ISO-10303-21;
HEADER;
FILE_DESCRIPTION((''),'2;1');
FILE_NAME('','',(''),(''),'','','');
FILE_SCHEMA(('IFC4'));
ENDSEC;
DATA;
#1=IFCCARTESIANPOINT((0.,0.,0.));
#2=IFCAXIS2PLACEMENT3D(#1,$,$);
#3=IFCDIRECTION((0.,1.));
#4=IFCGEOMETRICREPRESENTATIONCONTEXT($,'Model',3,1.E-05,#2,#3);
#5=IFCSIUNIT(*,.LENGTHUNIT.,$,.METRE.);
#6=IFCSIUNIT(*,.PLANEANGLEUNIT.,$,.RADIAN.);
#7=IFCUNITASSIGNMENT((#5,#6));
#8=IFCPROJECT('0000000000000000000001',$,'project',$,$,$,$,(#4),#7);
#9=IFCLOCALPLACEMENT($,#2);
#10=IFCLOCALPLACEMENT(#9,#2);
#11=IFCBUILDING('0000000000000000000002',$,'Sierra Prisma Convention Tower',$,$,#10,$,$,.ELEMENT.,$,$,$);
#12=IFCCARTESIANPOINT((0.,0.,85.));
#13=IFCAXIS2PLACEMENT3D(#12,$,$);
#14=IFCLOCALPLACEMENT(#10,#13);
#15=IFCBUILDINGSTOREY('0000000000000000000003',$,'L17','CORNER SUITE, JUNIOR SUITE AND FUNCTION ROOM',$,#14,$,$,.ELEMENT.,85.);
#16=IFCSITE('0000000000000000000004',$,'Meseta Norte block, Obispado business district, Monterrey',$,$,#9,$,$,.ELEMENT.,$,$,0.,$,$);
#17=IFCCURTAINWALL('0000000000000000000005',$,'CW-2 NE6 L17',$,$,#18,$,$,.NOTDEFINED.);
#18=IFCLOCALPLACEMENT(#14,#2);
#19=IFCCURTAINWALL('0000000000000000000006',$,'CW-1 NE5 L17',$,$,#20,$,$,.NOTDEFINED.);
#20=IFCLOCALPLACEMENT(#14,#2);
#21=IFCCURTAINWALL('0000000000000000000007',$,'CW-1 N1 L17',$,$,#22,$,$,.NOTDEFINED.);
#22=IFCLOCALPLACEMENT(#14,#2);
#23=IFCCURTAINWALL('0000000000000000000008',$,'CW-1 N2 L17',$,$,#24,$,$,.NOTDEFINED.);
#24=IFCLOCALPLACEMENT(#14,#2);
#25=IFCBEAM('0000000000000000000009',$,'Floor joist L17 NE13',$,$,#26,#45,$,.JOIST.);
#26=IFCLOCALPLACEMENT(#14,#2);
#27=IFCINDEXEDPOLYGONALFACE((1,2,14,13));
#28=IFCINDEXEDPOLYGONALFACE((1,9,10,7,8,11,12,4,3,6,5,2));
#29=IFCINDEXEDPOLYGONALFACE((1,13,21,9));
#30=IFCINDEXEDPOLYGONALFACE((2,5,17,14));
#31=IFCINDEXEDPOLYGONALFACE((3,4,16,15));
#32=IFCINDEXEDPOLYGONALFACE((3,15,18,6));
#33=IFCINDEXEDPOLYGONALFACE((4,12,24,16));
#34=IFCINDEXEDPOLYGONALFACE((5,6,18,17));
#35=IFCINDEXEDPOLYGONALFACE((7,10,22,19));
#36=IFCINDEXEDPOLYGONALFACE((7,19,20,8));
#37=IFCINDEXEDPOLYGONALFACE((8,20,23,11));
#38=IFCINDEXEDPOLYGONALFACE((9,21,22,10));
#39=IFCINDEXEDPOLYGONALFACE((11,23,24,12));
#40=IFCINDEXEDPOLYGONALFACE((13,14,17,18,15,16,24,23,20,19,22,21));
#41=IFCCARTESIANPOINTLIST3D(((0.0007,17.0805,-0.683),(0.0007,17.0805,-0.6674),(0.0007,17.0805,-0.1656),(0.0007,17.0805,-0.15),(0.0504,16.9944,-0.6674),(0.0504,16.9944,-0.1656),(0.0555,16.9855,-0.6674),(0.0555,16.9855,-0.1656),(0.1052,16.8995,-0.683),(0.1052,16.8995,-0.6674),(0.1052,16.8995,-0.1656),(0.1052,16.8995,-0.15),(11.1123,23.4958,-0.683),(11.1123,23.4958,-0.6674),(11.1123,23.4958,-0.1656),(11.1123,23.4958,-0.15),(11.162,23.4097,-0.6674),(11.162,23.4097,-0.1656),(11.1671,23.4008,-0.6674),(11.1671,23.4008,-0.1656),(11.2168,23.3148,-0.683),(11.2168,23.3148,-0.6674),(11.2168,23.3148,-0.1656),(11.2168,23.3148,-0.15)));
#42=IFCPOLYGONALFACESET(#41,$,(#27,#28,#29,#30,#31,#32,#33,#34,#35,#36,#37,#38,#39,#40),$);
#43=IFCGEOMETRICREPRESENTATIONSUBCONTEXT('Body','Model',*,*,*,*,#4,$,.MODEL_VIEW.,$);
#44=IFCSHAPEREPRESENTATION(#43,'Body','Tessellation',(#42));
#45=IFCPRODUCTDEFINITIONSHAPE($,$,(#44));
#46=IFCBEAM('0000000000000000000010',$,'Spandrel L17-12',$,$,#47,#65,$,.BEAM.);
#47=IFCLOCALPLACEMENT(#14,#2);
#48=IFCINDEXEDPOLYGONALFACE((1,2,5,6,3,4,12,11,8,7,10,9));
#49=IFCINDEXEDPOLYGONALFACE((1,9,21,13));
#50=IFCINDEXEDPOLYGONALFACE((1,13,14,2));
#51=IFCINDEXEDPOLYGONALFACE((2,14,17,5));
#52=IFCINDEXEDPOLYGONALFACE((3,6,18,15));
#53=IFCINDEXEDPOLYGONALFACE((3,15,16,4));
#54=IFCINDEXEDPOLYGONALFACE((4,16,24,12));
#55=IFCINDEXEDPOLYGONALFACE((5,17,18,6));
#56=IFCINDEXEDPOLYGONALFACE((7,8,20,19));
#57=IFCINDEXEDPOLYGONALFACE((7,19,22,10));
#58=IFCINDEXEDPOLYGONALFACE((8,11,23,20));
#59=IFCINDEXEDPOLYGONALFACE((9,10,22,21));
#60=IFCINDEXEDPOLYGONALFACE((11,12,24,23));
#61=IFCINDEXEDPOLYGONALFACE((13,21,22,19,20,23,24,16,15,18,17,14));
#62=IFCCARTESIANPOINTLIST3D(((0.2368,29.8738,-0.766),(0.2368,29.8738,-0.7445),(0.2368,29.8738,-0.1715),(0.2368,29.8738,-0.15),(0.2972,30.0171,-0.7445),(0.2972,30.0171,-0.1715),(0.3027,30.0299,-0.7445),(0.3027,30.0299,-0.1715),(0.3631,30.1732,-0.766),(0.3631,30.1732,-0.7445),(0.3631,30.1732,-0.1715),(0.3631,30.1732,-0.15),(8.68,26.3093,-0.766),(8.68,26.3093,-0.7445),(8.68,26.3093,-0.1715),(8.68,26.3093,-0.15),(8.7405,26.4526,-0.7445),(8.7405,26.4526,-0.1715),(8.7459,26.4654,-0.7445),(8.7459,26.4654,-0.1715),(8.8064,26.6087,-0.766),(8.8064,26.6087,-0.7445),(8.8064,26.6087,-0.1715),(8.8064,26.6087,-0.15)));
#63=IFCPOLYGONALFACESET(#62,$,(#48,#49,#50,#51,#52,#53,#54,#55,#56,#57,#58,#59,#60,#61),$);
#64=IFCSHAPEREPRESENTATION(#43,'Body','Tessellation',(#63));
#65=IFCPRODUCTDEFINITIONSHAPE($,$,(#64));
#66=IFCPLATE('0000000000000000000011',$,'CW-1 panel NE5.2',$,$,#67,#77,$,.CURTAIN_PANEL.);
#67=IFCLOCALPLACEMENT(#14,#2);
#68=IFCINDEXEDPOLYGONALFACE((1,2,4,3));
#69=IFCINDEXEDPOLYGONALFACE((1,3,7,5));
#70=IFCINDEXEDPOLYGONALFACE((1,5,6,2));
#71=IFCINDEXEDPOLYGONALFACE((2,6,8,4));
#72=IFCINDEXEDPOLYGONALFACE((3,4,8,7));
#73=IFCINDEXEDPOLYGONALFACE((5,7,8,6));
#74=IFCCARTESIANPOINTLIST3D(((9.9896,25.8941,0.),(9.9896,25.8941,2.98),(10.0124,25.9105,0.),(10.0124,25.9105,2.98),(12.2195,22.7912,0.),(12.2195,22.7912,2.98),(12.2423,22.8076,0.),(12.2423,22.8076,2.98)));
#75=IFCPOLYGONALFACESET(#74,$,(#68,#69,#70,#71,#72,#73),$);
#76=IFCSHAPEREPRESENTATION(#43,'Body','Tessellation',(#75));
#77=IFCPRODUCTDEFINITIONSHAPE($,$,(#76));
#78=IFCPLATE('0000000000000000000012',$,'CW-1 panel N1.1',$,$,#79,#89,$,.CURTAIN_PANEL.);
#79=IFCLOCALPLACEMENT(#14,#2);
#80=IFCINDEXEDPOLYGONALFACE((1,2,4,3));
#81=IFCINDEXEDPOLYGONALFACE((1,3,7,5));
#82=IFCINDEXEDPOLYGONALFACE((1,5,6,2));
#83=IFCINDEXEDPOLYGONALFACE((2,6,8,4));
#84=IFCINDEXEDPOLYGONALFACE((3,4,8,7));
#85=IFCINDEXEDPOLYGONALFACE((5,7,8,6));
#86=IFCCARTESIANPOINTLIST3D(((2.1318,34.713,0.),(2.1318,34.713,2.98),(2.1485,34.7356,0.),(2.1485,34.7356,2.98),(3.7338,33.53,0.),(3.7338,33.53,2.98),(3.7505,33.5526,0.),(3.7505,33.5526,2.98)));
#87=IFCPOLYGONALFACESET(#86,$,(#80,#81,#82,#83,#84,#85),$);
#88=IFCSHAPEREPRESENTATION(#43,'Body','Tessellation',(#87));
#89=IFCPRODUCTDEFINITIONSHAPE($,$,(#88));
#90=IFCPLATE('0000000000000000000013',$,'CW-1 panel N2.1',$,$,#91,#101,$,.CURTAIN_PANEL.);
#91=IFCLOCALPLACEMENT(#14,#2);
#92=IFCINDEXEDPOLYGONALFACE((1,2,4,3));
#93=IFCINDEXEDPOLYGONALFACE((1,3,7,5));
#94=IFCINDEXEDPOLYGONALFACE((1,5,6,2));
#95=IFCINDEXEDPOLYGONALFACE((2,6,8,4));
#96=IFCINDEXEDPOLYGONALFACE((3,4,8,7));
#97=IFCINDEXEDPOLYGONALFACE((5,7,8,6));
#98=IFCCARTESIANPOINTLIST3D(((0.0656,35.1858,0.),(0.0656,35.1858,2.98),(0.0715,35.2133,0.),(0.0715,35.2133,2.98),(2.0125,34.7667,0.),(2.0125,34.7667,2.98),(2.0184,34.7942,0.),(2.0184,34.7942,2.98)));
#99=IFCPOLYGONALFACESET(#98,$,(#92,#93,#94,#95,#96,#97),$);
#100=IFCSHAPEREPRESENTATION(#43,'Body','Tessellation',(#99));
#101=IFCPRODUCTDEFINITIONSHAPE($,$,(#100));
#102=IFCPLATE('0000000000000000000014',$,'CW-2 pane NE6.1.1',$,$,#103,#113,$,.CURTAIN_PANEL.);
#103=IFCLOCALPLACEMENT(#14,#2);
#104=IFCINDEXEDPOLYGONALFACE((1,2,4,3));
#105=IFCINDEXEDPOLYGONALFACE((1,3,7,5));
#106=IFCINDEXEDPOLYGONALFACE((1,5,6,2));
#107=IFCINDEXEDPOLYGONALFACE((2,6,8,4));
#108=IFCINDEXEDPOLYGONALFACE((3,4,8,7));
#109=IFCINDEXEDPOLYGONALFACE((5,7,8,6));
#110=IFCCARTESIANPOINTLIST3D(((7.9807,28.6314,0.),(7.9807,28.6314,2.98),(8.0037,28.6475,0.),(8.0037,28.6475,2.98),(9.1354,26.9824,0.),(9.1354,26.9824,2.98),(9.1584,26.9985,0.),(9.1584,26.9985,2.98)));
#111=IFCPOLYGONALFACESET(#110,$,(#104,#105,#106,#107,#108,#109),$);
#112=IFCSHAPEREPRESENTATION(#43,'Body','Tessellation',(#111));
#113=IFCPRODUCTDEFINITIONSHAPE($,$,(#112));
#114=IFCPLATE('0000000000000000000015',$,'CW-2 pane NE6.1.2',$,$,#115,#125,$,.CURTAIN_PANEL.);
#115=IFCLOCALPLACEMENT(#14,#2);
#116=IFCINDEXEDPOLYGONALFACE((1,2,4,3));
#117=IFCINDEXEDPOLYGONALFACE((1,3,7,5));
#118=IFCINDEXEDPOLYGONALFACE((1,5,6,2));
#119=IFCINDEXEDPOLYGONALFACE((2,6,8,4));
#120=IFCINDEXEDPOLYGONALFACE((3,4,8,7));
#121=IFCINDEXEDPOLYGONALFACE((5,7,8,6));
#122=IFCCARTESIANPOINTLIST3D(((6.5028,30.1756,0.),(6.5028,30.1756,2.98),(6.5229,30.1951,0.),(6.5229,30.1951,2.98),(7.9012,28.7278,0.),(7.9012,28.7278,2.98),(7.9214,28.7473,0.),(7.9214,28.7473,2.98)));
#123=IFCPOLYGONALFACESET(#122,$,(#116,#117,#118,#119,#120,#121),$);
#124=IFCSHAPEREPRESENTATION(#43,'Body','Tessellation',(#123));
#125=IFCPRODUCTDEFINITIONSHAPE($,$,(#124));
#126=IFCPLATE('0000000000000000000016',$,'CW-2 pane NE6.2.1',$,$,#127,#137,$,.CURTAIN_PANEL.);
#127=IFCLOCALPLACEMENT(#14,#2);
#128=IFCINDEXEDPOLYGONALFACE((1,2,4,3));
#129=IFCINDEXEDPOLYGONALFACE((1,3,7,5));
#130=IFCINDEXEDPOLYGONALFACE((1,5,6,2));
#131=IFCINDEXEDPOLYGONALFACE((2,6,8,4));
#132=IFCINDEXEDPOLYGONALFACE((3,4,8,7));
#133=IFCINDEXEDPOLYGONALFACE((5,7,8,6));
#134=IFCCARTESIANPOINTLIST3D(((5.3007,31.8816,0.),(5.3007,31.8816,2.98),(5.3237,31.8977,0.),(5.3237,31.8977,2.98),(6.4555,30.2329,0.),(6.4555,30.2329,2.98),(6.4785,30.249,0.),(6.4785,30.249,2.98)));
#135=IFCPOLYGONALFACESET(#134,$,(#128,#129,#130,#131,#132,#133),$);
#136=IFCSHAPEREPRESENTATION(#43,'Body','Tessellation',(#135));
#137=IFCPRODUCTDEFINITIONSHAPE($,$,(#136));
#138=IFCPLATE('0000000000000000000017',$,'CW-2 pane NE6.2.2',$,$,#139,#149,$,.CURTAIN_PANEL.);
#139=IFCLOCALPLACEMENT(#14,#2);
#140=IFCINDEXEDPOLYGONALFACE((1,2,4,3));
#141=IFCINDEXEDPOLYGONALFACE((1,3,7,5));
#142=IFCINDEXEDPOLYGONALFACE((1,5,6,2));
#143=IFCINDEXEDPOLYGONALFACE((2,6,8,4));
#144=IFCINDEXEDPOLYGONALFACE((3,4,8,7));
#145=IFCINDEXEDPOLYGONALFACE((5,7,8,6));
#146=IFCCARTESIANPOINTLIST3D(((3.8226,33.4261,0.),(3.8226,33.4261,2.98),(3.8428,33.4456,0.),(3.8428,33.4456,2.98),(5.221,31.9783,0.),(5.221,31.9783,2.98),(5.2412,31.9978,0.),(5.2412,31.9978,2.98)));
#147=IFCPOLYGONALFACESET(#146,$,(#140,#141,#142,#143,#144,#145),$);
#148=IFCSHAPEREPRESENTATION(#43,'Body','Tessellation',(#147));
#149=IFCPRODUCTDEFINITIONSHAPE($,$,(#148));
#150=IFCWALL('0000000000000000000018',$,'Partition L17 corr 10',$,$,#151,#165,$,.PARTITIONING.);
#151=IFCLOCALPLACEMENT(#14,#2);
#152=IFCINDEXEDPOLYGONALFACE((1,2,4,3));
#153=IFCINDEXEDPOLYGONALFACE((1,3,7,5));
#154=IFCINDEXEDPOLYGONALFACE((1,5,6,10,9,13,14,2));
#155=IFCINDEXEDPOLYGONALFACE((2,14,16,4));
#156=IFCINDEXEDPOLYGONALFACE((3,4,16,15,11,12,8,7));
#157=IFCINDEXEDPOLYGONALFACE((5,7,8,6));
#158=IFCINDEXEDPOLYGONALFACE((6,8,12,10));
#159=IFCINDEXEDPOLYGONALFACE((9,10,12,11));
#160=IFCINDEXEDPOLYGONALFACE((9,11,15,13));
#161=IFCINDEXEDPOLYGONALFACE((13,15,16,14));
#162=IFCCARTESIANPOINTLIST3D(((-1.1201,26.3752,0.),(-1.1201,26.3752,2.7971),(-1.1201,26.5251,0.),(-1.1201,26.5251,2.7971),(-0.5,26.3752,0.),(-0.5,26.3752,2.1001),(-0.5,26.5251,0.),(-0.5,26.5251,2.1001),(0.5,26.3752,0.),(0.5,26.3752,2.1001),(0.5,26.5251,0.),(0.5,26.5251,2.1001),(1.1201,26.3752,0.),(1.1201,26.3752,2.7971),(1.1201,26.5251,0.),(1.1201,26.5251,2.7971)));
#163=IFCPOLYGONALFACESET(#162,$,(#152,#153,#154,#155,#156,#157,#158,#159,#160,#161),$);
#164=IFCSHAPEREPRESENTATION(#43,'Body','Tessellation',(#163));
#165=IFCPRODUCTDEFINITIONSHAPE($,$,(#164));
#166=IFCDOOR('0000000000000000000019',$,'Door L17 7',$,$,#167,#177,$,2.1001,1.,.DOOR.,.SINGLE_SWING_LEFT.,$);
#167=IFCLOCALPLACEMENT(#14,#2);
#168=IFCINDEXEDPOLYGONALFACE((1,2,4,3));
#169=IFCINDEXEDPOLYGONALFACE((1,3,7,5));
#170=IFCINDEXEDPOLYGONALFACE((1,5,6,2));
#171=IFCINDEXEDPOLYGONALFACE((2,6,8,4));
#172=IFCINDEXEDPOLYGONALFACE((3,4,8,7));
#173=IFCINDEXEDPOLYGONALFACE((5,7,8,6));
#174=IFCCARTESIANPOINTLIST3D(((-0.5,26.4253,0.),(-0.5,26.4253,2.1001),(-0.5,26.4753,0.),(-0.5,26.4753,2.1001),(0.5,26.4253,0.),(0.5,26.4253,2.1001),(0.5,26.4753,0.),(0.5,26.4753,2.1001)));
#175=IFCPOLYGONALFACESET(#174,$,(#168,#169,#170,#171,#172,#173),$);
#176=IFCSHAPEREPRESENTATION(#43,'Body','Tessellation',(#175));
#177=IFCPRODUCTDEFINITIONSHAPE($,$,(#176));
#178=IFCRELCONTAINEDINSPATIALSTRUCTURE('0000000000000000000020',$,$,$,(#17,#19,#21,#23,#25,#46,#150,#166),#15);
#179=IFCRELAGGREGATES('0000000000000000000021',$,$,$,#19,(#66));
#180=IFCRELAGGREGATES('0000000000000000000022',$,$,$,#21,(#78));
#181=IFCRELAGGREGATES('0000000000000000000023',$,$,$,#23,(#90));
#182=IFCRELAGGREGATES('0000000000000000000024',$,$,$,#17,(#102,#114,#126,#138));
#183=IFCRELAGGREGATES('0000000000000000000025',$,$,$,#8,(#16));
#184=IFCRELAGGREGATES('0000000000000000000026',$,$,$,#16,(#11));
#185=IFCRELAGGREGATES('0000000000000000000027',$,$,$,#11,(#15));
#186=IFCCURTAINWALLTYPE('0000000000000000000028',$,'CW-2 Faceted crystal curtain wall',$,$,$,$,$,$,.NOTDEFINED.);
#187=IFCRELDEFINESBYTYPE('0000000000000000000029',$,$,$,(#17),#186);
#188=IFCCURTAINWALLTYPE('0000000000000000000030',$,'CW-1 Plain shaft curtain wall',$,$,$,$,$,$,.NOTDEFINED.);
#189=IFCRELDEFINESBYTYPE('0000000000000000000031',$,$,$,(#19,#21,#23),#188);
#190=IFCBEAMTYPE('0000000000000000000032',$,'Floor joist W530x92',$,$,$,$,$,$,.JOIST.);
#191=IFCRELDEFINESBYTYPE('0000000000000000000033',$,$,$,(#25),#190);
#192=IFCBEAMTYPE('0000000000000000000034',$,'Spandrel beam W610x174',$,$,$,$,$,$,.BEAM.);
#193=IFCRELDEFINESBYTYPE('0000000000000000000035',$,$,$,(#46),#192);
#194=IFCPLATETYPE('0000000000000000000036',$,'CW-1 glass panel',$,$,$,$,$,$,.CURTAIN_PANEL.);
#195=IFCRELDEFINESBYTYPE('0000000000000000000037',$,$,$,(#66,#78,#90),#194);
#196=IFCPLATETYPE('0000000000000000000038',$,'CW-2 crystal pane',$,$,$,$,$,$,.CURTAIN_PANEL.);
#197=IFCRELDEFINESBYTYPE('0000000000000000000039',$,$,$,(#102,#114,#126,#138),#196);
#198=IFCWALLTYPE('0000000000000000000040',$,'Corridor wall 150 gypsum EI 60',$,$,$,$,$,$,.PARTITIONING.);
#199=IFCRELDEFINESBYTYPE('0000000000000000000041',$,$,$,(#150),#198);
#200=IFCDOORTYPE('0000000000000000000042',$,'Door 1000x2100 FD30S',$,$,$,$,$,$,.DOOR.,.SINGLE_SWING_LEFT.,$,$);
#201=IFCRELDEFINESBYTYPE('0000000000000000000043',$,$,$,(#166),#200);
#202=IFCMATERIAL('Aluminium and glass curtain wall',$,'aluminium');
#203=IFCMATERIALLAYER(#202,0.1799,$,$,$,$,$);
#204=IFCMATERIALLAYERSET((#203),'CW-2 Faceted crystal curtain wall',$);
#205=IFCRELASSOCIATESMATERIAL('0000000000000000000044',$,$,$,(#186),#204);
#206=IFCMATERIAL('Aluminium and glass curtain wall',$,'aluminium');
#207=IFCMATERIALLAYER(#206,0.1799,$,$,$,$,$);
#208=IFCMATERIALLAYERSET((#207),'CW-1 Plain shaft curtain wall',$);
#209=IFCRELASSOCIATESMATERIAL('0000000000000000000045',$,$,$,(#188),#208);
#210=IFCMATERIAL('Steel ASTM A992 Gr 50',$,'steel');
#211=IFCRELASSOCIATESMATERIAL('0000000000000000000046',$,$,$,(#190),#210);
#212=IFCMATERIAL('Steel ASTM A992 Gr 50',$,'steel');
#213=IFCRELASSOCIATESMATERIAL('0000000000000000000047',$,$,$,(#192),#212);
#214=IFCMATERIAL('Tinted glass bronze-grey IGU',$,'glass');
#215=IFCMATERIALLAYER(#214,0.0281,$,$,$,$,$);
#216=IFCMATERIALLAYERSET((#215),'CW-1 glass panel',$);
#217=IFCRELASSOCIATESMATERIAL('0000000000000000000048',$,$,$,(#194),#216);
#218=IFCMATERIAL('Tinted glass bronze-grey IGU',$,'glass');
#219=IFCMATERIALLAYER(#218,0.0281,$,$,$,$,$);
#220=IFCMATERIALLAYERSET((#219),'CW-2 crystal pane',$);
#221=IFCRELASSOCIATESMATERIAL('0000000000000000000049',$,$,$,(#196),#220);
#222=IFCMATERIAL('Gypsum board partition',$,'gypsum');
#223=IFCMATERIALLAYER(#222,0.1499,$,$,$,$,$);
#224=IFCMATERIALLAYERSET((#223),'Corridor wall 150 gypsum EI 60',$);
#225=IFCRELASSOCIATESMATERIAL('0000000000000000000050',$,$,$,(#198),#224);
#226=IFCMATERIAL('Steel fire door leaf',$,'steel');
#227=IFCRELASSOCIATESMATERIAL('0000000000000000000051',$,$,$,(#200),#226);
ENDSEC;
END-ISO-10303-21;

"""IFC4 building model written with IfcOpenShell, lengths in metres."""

from ifc_helpers import new_model, si_unit, direction, frame, frame_2d, origin, origin_2d, place, context, subcontext, project, spatial, polyline, rectangle, i_section, outline, extrude, material, layer, layer_set, material_profile, profile_set, type_object, element, fill, aggregate, save


model = new_model("IFC4")

# Units and contexts
model_context = context("Model", 3, precision=1e-05, world=origin(), true_north=direction((0.0, 1.0)))
body_context = subcontext(model_context, "Body", "Model", "MODEL_VIEW")
ifc_project = project(units=[si_unit("LENGTHUNIT", "METRE"), si_unit("PLANEANGLEUNIT", "RADIAN")], contexts=[model_context])

# Site, building, storey
site_placement = place(None, origin())
site = spatial("IfcSite", under=ifc_project, at=site_placement, Name="Meseta Norte block, Obispado business district, Monterrey", CompositionType="ELEMENT", RefElevation=0.0)
building_placement = place(site_placement, origin())
building = spatial("IfcBuilding", under=site, at=building_placement, Name="Sierra Prisma Convention Tower", CompositionType="ELEMENT")
storey_placement = place(building_placement, frame((0.0, 0.0, 85.0)))
storey = spatial("IfcBuildingStorey", under=building, at=storey_placement, Name="L17", Description="CORNER SUITE, JUNIOR SUITE AND FUNCTION ROOM", CompositionType="ELEMENT", Elevation=85.0)

# Curtain wall
ifc_material_1 = material(Name="Aluminium and glass curtain wall", Category="aluminium")
ifc_layer_1 = layer(ifc_material_1, 0.1799)
ifc_layer_set_1 = layer_set([ifc_layer_1], Name="CW-2 Faceted crystal curtain wall")
curtain_wall_type_1 = type_object("IfcCurtainWallType", Name="CW-2 Faceted crystal curtain wall", PredefinedType="NOTDEFINED", material=ifc_layer_set_1)
curtain_wall_1_placement = place(storey_placement, origin())
curtain_wall_1 = element("IfcCurtainWall", 1, at=curtain_wall_1_placement, inside=storey, type_object=curtain_wall_type_1, Name="CW-2 NE6 L17", PredefinedType="NOTDEFINED")

# Curtain wall
ifc_material_2 = material(Name="Aluminium and glass curtain wall", Category="aluminium")
ifc_layer_2 = layer(ifc_material_2, 0.1799)
ifc_layer_set_2 = layer_set([ifc_layer_2], Name="CW-1 Plain shaft curtain wall")
curtain_wall_type_2 = type_object("IfcCurtainWallType", Name="CW-1 Plain shaft curtain wall", PredefinedType="NOTDEFINED", material=ifc_layer_set_2)
curtain_wall_2_placement = place(storey_placement, origin())
curtain_wall_2 = element("IfcCurtainWall", 2, at=curtain_wall_2_placement, inside=storey, type_object=curtain_wall_type_2, Name="CW-1 NE5 L17", PredefinedType="NOTDEFINED")

# Curtain walls
curtain_wall_3_placement = place(storey_placement, origin())
curtain_wall_3 = element("IfcCurtainWall", 3, at=curtain_wall_3_placement, inside=storey, type_object=curtain_wall_type_2, Name="CW-1 N1 L17", PredefinedType="NOTDEFINED")
curtain_wall_4_placement = place(storey_placement, origin())
curtain_wall_4 = element("IfcCurtainWall", 4, at=curtain_wall_4_placement, inside=storey, type_object=curtain_wall_type_2, Name="CW-1 N2 L17", PredefinedType="NOTDEFINED")

# Beams
ifc_material_3 = material(Name="Steel ASTM A992 Gr 50", Category="steel")
ifc_material_profile_1 = material_profile(ifc_material_3, i_section(OverallWidth=0.209, OverallDepth=0.533, WebThickness=0.0103, FlangeThickness=0.0156, at=origin_2d()), Name="W530x92")
ifc_profile_set_1 = profile_set([ifc_material_profile_1], Name="Steel ASTM A992 Gr 50")
beam_type_1 = type_object("IfcBeamType", Name="Floor joist W530x92", PredefinedType="JOIST", material=ifc_profile_set_1)
beam_1_placement = place(storey_placement, frame((11.1646, 23.4053, -0.4165), z_axis=(-0.866025, -0.500001, 0.0), x_axis=(0.500001, -0.866025, 0.0)))
element("IfcBeam", 5, at=beam_1_placement, inside=storey, type_object=beam_type_1, Name="Floor joist L17 NE13", PredefinedType="JOIST", context=body_context, shape_type="SweptSolid", body=[
    extrude(i_section(OverallWidth=0.209, OverallDepth=0.533, WebThickness=0.0103, FlangeThickness=0.0156, at=origin_2d()), origin(), (0.0, 0.0, 1.0), 12.8306),
])
ifc_material_4 = material(Name="Steel ASTM A992 Gr 50", Category="steel")
ifc_material_profile_2 = material_profile(ifc_material_4, i_section(OverallWidth=0.325, OverallDepth=0.616, WebThickness=0.0139, FlangeThickness=0.0215, at=origin_2d()), Name="W610x174")
ifc_profile_set_2 = profile_set([ifc_material_profile_2], Name="Steel ASTM A992 Gr 50")
beam_type_2 = type_object("IfcBeamType", Name="Spandrel beam W610x174", PredefinedType="BEAM", material=ifc_profile_set_2)
beam_2_placement = place(storey_placement, frame((8.7432, 26.459, -0.458), z_axis=(-0.921266, 0.388933, 0.0), x_axis=(-0.388933, -0.921266, 0.0)))
element("IfcBeam", 6, at=beam_2_placement, inside=storey, type_object=beam_type_2, Name="Spandrel L17-12", PredefinedType="BEAM", context=body_context, shape_type="SweptSolid", body=[
    extrude(i_section(OverallWidth=0.325, OverallDepth=0.616, WebThickness=0.0139, FlangeThickness=0.0215, at=origin_2d()), origin(), (0.0, 0.0, 1.0), 9.1648),
])

# Plates
ifc_material_5 = material(Name="Tinted glass bronze-grey IGU", Category="glass")
ifc_layer_3 = layer(ifc_material_5, 0.0281)
ifc_layer_set_3 = layer_set([ifc_layer_3], Name="CW-1 glass panel")
plate_type_1 = type_object("IfcPlateType", Name="CW-1 glass panel", PredefinedType="CURTAIN_PANEL", material=ifc_layer_set_3)
plate_1_placement = place(storey_placement, frame((11.116, 24.3508, 0.0), z_axis=(0.0, 0.0, 1.0), x_axis=(-0.583591, 0.812047, 0.0)))
plate_1 = element("IfcPlate", 7, at=plate_1_placement, type_object=plate_type_1, Name="CW-1 panel NE5.2", PredefinedType="CURTAIN_PANEL", context=body_context, shape_type="SweptSolid", body=[
    extrude(rectangle(XDim=3.821, YDim=0.0281, at=origin_2d()), origin(), (0.0, 0.0, 1.0), 2.98),
])
aggregate(curtain_wall_2, [plate_1])
plate_2_placement = place(storey_placement, frame((2.9412, 34.1328, 0.0), z_axis=(0.0, 0.0, 1.0), x_axis=(-0.804431, 0.594046, 0.0)))
plate_2 = element("IfcPlate", 8, at=plate_2_placement, type_object=plate_type_1, Name="CW-1 panel N1.1", PredefinedType="CURTAIN_PANEL", context=body_context, shape_type="SweptSolid", body=[
    extrude(rectangle(XDim=1.9915, YDim=0.0281, at=origin_2d()), origin(), (0.0, 0.0, 1.0), 2.98),
])
aggregate(curtain_wall_3, [plate_2])
plate_3_placement = place(storey_placement, frame((1.042, 34.99, 0.0), z_axis=(0.0, 0.0, 1.0), x_axis=(-0.977606, 0.210442, 0.0)))
plate_3 = element("IfcPlate", 9, at=plate_3_placement, type_object=plate_type_1, Name="CW-1 panel N2.1", PredefinedType="CURTAIN_PANEL", context=body_context, shape_type="SweptSolid", body=[
    extrude(rectangle(XDim=1.9915, YDim=0.0281, at=origin_2d()), origin(), (0.0, 0.0, 1.0), 2.98),
])
aggregate(curtain_wall_4, [plate_3])
ifc_material_6 = material(Name="Tinted glass bronze-grey IGU", Category="glass")
ifc_layer_4 = layer(ifc_material_6, 0.0281)
ifc_layer_set_4 = layer_set([ifc_layer_4], Name="CW-2 crystal pane")
plate_type_2 = type_object("IfcPlateType", Name="CW-2 crystal pane", PredefinedType="CURTAIN_PANEL", material=ifc_layer_set_4)
plate_4_placement = place(storey_placement, frame((9.1584, 26.9985, 0.0), z_axis=(0.819107, 0.573641, 0.0), x_axis=(-0.573641, 0.819107, 0.0)))
plate_4 = element("IfcPlate", 10, at=plate_4_placement, type_object=plate_type_2, Name="CW-2 pane NE6.1.1", PredefinedType="CURTAIN_PANEL", context=body_context, shape_type="SweptSolid", body=[
    extrude(outline(polyline([(0.0, 0.0), (2.0131, 0.0), (2.0131, 2.98), (0.0, 2.98), (0.0, 0.0)])), origin(), (0.0, 0.0, -1.0), 0.0281),
])
plate_5_placement = place(storey_placement, frame((6.5229, 30.1951, 0.0), z_axis=(0.719251, 0.69475, 0.0), x_axis=(0.69475, -0.719251, 0.0)))
plate_5 = element("IfcPlate", 11, at=plate_5_placement, type_object=plate_type_2, Name="CW-2 pane NE6.1.2", PredefinedType="CURTAIN_PANEL", context=body_context, shape_type="SweptSolid", body=[
    extrude(outline(polyline([(0.0, 0.0), (2.0129, 0.0), (2.0129, -2.98), (0.0, -2.98), (0.0, 0.0)])), origin(), (0.0, 0.0, -1.0), 0.0281),
])
plate_6_placement = place(storey_placement, frame((6.4785, 30.249, 0.0), z_axis=(0.819067, 0.573698, 0.0), x_axis=(-0.573698, 0.819067, 0.0)))
plate_6 = element("IfcPlate", 12, at=plate_6_placement, type_object=plate_type_2, Name="CW-2 pane NE6.2.1", PredefinedType="CURTAIN_PANEL", context=body_context, shape_type="SweptSolid", body=[
    extrude(outline(polyline([(0.0, 0.0), (2.0129, 0.0), (2.0129, 2.98), (0.0, 2.98), (0.0, 0.0)])), origin(), (0.0, 0.0, -1.0), 0.0281),
])
plate_7_placement = place(storey_placement, frame((3.8428, 33.4456, 0.0), z_axis=(0.719251, 0.69475, 0.0), x_axis=(0.69475, -0.719251, 0.0)))
plate_7 = element("IfcPlate", 13, at=plate_7_placement, type_object=plate_type_2, Name="CW-2 pane NE6.2.2", PredefinedType="CURTAIN_PANEL", context=body_context, shape_type="SweptSolid", body=[
    extrude(outline(polyline([(0.0, 0.0), (2.0129, 0.0), (2.0129, -2.98), (0.0, -2.98), (0.0, 0.0)])), origin(), (0.0, 0.0, -1.0), 0.0281),
])
aggregate(curtain_wall_1, [plate_4, plate_5, plate_6, plate_7])

# Wall, opening, door
ifc_material_7 = material(Name="Gypsum board partition", Category="gypsum")
ifc_layer_5 = layer(ifc_material_7, 0.1499)
ifc_layer_set_5 = layer_set([ifc_layer_5], Name="Corridor wall 150 gypsum EI 60")
wall_type_1 = type_object("IfcWallType", Name="Corridor wall 150 gypsum EI 60", PredefinedType="PARTITIONING", material=ifc_layer_set_5)
wall_1_placement = place(storey_placement, frame((1.1201, 26.4502, 0.0), z_axis=(0.0, 0.0, 1.0), x_axis=(-1.0, 0.0, 0.0)))
wall_1 = element("IfcWall", 14, at=wall_1_placement, inside=storey, type_object=wall_type_1, Name="Partition L17 corr 10", PredefinedType="PARTITIONING", context=body_context, shape_type="SweptSolid", body=[
    extrude(rectangle(XDim=2.2402, YDim=0.1499, at=frame_2d((1.1201, 0.0))), origin(), (0.0, 0.0, 1.0), 2.7971),
])
opening_placement = place(wall_1_placement, frame((0.6201, 0.0, 0.0)))
opening = element("IfcOpeningElement", 15, at=opening_placement, cuts=wall_1, PredefinedType="OPENING", context=body_context, shape_type="SweptSolid", body=[
    extrude(rectangle(XDim=1.0, YDim=2.1001, at=frame_2d((0.5, 1.05))), frame((0.0, 0.075, 0.0), z_axis=(0.0, -1.0, 0.0), x_axis=(1.0, 0.0, 0.0)), (0.0, 0.0, 1.0), 0.1499),
])
ifc_material_8 = material(Name="Steel fire door leaf", Category="steel")
door_type = type_object("IfcDoorType", Name="Door 1000x2100 FD30S", OperationType="SINGLE_SWING_LEFT", PredefinedType="DOOR", material=ifc_material_8)
door_placement = place(opening_placement, origin())
door = element("IfcDoor", 16, at=door_placement, inside=storey, type_object=door_type, Name="Door L17 7", OperationType="SINGLE_SWING_LEFT", OverallHeight=2.1001, OverallWidth=1.0, PredefinedType="DOOR", context=body_context, shape_type="SweptSolid", body=[
    extrude(rectangle(XDim=1.0, YDim=2.1001, at=frame_2d((0.5, 1.05))), frame((0.0, 0.0249, 0.0), z_axis=(0.0, -1.0, 0.0), x_axis=(1.0, 0.0, 0.0)), (0.0, 0.0, 1.0), 0.05),
])
fill(opening, door)

save(model, "model.ifc")
